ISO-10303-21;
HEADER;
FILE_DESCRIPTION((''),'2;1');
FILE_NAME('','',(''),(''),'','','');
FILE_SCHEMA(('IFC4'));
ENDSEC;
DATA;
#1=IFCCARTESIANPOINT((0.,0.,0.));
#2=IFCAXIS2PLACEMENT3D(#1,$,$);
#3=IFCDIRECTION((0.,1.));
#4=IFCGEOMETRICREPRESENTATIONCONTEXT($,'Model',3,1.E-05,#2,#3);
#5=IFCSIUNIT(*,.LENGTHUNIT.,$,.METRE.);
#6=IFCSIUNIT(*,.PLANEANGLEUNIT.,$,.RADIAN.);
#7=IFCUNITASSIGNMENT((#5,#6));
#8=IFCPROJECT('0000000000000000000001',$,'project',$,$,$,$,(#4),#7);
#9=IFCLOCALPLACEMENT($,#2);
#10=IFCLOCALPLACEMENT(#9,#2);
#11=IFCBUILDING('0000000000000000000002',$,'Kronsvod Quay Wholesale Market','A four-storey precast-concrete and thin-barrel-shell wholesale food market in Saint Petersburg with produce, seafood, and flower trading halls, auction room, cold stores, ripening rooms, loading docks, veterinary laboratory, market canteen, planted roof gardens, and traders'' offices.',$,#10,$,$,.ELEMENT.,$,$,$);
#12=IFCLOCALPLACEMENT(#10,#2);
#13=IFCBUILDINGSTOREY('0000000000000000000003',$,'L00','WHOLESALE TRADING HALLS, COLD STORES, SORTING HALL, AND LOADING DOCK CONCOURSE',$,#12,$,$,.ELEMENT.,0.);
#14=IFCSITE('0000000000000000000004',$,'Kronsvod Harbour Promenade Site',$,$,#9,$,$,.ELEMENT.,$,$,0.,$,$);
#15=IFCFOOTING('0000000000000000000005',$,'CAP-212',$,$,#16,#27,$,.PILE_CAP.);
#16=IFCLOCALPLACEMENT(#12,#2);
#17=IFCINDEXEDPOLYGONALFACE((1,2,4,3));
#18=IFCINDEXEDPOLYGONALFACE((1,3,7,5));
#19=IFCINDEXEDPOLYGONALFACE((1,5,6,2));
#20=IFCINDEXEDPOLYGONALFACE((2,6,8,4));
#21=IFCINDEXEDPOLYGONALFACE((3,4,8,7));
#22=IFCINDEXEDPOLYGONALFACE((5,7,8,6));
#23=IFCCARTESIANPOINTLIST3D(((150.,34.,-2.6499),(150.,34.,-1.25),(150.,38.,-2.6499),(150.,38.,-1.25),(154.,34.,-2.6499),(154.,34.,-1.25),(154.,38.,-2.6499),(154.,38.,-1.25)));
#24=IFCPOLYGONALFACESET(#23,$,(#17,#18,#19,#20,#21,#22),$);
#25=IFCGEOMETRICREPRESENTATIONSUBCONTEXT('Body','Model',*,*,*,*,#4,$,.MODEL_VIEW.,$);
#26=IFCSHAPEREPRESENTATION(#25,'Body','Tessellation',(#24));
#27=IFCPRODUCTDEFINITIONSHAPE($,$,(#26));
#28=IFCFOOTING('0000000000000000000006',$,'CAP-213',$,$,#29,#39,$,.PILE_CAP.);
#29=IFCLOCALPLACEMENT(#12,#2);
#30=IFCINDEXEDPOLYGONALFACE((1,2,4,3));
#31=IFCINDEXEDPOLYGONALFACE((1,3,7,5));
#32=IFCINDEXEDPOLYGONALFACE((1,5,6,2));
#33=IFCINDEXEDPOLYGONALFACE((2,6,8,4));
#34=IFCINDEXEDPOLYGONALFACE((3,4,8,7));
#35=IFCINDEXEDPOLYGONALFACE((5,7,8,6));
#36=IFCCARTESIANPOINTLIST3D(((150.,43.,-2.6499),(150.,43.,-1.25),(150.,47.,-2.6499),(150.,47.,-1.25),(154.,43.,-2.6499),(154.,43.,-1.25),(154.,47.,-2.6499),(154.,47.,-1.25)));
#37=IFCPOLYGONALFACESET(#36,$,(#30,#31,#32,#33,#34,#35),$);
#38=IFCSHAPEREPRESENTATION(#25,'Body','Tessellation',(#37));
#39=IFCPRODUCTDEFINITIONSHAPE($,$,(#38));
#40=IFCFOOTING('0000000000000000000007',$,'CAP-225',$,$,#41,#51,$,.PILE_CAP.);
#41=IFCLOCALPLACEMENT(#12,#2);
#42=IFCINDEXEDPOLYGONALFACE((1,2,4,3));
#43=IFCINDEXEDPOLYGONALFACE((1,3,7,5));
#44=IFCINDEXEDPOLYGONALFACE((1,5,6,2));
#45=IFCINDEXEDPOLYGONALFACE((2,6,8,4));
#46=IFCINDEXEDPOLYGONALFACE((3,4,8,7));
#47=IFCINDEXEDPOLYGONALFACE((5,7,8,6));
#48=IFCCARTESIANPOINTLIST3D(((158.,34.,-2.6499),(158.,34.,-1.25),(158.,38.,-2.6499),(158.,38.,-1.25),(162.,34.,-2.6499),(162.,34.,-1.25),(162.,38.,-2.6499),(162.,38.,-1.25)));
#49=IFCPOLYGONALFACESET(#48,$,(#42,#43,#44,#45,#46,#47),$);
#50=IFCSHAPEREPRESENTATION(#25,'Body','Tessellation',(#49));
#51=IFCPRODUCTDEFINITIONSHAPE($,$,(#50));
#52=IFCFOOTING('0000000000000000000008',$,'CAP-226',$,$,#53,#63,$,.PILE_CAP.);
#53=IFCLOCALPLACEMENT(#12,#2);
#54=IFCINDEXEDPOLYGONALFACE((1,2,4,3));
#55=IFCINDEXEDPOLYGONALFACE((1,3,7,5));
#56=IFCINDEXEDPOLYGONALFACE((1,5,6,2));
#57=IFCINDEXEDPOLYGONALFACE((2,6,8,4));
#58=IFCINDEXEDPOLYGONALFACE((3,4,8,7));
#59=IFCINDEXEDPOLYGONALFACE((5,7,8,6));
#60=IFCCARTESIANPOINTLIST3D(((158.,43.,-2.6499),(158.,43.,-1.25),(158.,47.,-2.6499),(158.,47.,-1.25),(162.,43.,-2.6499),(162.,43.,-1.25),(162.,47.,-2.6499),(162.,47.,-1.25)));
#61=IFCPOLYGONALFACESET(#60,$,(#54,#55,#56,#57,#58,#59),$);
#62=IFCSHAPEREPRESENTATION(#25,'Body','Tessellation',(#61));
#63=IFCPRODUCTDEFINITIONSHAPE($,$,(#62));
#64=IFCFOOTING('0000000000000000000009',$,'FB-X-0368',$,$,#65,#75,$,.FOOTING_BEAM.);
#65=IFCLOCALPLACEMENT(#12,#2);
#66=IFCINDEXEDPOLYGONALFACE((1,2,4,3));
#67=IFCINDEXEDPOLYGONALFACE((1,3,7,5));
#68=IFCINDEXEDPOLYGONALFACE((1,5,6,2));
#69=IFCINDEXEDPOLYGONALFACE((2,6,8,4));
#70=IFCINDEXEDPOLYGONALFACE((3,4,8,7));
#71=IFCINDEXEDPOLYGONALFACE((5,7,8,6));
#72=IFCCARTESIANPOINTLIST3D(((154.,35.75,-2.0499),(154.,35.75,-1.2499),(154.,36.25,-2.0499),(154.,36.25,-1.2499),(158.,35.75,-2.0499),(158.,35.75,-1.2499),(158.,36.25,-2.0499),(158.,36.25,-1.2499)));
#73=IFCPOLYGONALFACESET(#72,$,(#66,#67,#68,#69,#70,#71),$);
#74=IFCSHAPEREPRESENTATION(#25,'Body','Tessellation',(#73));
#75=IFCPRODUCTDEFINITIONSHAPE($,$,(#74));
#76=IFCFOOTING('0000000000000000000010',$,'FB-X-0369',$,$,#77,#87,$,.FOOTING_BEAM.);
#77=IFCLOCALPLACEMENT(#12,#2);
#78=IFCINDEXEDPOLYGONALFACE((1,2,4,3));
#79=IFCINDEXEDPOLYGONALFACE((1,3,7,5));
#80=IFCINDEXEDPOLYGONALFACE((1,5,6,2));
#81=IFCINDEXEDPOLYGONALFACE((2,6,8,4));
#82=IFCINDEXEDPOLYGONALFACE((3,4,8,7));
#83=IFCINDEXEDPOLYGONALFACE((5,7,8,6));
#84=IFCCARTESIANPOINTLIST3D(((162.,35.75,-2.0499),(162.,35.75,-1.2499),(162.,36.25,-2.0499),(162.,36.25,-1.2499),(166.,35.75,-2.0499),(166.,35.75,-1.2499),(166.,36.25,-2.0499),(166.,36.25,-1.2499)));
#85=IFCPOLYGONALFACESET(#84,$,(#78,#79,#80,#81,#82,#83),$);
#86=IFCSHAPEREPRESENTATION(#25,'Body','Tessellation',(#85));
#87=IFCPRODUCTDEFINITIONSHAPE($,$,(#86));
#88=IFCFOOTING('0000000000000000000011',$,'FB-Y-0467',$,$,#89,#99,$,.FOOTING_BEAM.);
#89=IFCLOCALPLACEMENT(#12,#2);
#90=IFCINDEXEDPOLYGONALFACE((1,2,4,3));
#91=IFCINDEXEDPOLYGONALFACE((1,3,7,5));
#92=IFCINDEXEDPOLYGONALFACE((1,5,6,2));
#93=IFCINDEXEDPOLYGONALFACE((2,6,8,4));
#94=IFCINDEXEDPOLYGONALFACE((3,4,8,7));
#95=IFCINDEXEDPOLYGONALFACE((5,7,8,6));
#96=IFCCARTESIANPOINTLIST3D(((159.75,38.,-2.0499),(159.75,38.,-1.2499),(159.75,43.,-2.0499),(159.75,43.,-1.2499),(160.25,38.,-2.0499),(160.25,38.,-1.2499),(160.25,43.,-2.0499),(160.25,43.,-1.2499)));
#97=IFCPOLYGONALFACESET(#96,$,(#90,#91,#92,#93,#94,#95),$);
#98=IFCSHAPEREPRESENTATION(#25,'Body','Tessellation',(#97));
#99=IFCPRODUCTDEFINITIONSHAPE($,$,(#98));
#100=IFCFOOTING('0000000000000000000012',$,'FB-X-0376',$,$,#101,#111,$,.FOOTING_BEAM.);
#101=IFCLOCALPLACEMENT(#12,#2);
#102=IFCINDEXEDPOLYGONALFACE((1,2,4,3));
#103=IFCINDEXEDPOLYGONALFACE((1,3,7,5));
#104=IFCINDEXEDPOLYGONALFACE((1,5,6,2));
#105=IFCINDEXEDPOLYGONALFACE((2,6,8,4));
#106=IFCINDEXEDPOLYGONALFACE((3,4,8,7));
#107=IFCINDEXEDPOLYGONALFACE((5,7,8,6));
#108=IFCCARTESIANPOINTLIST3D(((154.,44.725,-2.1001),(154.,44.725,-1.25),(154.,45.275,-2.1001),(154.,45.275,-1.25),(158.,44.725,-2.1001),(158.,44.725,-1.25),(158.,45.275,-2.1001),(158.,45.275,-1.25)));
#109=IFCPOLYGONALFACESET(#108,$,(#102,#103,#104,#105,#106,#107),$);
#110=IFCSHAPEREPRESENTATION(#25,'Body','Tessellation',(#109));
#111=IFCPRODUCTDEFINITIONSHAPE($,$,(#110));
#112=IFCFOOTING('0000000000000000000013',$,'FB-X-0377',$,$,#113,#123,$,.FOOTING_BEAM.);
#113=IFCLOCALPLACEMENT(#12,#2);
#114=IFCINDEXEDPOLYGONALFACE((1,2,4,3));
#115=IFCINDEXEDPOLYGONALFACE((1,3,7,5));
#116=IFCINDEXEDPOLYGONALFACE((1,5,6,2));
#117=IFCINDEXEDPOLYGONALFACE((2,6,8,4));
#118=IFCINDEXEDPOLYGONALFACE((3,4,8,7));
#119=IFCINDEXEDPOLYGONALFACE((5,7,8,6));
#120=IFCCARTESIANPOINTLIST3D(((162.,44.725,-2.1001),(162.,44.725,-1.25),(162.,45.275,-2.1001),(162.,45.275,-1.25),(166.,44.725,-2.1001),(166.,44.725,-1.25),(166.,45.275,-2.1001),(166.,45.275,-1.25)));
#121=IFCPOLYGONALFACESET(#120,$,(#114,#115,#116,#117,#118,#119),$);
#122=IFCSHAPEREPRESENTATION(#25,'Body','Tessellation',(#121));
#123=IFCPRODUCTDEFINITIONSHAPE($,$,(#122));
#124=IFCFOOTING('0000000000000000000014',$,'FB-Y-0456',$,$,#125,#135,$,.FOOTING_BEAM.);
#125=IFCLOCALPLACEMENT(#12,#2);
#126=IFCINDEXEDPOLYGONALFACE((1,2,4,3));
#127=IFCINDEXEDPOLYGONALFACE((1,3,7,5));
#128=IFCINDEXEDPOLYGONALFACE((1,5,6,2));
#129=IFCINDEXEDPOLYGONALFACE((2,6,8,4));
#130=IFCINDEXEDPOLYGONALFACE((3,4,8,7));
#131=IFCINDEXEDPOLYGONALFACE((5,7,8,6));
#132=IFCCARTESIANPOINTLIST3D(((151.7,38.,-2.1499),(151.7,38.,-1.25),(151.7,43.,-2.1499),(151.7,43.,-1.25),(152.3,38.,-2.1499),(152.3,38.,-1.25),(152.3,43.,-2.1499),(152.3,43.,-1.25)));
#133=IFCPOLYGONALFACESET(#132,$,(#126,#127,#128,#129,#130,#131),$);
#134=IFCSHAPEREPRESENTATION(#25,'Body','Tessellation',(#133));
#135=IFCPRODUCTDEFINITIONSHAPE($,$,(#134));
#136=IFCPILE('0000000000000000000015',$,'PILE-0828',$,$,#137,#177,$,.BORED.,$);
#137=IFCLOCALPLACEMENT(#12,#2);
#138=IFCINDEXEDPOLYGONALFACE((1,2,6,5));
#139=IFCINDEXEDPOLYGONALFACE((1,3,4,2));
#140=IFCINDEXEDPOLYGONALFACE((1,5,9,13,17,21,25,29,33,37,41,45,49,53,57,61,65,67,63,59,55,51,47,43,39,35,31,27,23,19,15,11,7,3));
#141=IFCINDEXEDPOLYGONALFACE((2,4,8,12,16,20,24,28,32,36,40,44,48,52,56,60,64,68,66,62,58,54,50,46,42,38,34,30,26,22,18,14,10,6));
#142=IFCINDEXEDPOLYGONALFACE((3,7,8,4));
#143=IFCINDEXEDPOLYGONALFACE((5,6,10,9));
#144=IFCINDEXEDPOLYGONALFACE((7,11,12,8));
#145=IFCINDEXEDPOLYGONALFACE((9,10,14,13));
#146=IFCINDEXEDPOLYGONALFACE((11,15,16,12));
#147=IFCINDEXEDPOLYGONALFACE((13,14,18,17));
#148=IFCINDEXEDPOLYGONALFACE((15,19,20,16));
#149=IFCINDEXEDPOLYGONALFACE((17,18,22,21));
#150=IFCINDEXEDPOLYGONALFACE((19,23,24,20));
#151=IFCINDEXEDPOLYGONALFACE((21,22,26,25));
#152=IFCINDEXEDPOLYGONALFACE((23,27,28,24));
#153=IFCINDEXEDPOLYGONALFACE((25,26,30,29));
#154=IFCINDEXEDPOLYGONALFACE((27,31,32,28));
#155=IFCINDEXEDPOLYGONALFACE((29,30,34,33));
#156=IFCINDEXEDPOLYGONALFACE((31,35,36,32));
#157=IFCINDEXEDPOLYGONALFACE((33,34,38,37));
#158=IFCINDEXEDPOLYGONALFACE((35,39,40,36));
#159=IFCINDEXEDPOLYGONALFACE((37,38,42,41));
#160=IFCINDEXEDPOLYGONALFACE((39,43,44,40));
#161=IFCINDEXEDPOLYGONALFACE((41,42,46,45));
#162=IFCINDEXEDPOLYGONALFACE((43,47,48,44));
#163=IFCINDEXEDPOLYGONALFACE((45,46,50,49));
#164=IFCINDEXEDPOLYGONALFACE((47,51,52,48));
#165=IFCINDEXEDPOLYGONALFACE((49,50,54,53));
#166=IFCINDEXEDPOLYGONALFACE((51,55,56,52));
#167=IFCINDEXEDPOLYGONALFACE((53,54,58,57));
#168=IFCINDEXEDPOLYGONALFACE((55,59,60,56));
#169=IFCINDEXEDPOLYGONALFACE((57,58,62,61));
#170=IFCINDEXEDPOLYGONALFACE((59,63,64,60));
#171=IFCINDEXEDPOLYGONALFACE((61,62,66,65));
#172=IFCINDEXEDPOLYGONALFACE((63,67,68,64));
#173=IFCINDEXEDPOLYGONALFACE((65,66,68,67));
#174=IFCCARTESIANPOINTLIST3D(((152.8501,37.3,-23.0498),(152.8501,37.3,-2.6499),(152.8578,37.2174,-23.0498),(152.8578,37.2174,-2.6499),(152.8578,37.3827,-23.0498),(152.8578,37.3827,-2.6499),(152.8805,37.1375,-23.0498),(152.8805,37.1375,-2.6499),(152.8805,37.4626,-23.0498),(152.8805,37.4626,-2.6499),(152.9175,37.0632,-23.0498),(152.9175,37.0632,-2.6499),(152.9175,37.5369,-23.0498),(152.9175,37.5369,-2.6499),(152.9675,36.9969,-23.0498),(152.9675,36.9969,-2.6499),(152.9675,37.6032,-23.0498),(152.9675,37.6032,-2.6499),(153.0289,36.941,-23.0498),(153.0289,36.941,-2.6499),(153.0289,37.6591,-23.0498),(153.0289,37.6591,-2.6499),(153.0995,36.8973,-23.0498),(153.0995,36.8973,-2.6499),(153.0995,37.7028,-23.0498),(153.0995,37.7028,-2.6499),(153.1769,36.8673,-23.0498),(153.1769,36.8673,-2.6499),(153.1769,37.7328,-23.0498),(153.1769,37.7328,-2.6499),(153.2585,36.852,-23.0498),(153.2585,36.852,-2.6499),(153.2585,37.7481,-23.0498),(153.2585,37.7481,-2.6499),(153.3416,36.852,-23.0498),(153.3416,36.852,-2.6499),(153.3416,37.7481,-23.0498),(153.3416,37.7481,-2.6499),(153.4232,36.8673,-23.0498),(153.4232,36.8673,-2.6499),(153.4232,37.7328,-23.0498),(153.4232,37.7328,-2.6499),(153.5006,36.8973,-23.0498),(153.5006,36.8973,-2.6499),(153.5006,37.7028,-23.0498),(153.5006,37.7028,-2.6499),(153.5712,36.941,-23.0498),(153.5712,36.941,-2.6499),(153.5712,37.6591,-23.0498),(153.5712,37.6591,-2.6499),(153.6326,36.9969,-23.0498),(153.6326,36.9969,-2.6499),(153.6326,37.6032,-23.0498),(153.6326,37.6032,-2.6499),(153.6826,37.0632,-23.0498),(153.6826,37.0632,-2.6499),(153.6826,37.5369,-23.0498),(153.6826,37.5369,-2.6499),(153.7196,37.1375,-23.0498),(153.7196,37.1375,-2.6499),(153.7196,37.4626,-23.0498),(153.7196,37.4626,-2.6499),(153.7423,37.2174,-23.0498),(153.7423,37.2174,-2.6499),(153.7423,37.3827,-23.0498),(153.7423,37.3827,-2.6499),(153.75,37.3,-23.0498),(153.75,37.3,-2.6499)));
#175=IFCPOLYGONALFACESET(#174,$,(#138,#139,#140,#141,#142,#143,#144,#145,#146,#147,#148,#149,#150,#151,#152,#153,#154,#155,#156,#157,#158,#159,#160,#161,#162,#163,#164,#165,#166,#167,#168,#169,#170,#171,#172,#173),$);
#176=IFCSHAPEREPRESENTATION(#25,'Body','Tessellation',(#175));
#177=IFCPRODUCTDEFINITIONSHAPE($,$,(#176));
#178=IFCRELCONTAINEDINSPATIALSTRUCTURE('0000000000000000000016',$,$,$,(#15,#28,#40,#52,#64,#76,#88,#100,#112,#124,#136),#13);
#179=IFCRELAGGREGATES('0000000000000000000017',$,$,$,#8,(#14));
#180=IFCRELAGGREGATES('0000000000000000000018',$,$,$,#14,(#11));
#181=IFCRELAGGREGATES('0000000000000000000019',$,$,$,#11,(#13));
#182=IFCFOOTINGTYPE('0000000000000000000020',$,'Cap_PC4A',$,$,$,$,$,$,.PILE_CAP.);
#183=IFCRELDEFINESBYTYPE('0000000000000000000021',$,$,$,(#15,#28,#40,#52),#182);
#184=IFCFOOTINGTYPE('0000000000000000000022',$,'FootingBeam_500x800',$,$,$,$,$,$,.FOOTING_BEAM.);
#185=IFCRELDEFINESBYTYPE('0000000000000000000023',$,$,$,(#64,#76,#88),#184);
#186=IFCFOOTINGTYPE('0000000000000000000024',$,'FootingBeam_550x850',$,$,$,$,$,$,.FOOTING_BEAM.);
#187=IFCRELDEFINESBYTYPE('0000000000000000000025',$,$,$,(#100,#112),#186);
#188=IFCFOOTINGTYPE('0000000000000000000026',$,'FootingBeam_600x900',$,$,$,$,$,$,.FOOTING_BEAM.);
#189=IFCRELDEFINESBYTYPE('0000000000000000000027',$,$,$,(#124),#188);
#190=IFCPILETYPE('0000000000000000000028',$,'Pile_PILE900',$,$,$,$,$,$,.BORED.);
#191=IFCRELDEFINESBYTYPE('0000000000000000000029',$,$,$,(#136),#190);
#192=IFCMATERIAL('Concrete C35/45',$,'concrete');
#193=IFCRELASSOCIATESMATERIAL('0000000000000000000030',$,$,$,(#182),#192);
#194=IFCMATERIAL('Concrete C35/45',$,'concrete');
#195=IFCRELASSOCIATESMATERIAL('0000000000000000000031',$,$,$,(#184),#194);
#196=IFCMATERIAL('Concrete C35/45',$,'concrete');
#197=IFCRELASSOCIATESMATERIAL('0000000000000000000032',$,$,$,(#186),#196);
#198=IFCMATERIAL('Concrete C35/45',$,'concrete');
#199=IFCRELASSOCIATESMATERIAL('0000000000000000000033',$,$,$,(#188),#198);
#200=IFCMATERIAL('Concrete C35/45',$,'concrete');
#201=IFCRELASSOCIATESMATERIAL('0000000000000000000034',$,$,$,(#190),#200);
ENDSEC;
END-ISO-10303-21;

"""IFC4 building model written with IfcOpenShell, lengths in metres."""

from ifc_helpers import new_model, si_unit, direction, frame, origin, origin_2d, place, context, subcontext, project, spatial, rectangle, circle, extrude, material, material_profile, profile_set, type_object, element, save


model = new_model("IFC4")

# Units and contexts
model_context = context("Model", 3, precision=1e-05, world=origin(), true_north=direction((0.0, 1.0)))
body_context = subcontext(model_context, "Body", "Model", "MODEL_VIEW")
ifc_project = project(units=[si_unit("LENGTHUNIT", "METRE"), si_unit("PLANEANGLEUNIT", "RADIAN")], contexts=[model_context])

# Site, building, storey
site_placement = place(None, origin())
site = spatial("IfcSite", under=ifc_project, at=site_placement, Name="Kronsvod Harbour Promenade Site", CompositionType="ELEMENT", RefElevation=0.0)
building_placement = place(site_placement, origin())
building = spatial("IfcBuilding", under=site, at=building_placement, Name="Kronsvod Quay Wholesale Market", Description="A four-storey precast-concrete and thin-barrel-shell wholesale food market in Saint Petersburg with produce, seafood, and flower trading halls, auction room, cold stores, ripening rooms, loading docks, veterinary laboratory, market canteen, planted roof gardens, and traders' offices.", CompositionType="ELEMENT")
storey_placement = place(building_placement, origin())
storey = spatial("IfcBuildingStorey", under=building, at=storey_placement, Name="L00", Description="WHOLESALE TRADING HALLS, COLD STORES, SORTING HALL, AND LOADING DOCK CONCOURSE", CompositionType="ELEMENT", Elevation=0.0)

# Footings
ifc_material_1 = material(Name="Concrete C35/45", Category="concrete")
footing_type_1 = type_object("IfcFootingType", Name="Cap_PC4A", PredefinedType="PILE_CAP", material=ifc_material_1)
for number, where, z_axis, x_axis, name in (
    (1, (152.0, 36.0, -2.6499), (0.0, 0.0, 1.0), (1.0, 0.0, 0.0), "CAP-212"),
    (2, (152.0, 45.0, -2.6499), (0.0, 0.0, 1.0), (1.0, 0.0, 0.0), "CAP-213"),
    (3, (160.0, 36.0, -2.6499), (0.0, 0.0, 1.0), (1.0, 0.0, 0.0), "CAP-225"),
    (4, (160.0, 45.0, -2.6499), (0.0, 0.0, 1.0), (1.0, 0.0, 0.0), "CAP-226"),
):
    element("IfcFooting", number, at=place(storey_placement, frame(where, z_axis=z_axis, x_axis=x_axis)), inside=storey, type_object=footing_type_1, Name=name, PredefinedType="PILE_CAP", context=body_context, shape_type="SweptSolid", body=[
        extrude(rectangle(XDim=4.0, YDim=4.0, at=origin_2d()), origin(), (0.0, 0.0, 1.0), 1.3999),
    ])
ifc_material_2 = material(Name="Concrete C35/45", Category="concrete")
ifc_material_profile_1 = material_profile(ifc_material_2, rectangle(XDim=0.5, YDim=0.8, at=origin_2d()), Name="FB-01")
ifc_profile_set_1 = profile_set([ifc_material_profile_1], Name="Concrete C35/45")
footing_type_2 = type_object("IfcFootingType", Name="FootingBeam_500x800", PredefinedType="FOOTING_BEAM", material=ifc_profile_set_1)
for number, where, z_axis, x_axis, name in (
    (5, (154.0, 36.0, -1.6499), (1.0, 0.0, 0.0), (0.0, 1.0, 0.0), "FB-X-0368"),
    (6, (162.0, 36.0, -1.6499), (1.0, 0.0, 0.0), (0.0, 1.0, 0.0), "FB-X-0369"),
):
    element("IfcFooting", number, at=place(storey_placement, frame(where, z_axis=z_axis, x_axis=x_axis)), inside=storey, type_object=footing_type_2, Name=name, PredefinedType="FOOTING_BEAM", context=body_context, shape_type="SweptSolid", body=[
        extrude(rectangle(XDim=0.5, YDim=0.8, at=origin_2d()), origin(), (0.0, 0.0, 1.0), 4.0),
    ])
footing_1_placement = place(storey_placement, frame((160.0, 38.0, -1.6499), z_axis=(0.0, 1.0, 0.0), x_axis=(-1.0, 0.0, 0.0)))
element("IfcFooting", 7, at=footing_1_placement, inside=storey, type_object=footing_type_2, Name="FB-Y-0467", PredefinedType="FOOTING_BEAM", context=body_context, shape_type="SweptSolid", body=[
    extrude(rectangle(XDim=0.5, YDim=0.8, at=origin_2d()), origin(), (0.0, 0.0, 1.0), 5.0),
])
ifc_material_3 = material(Name="Concrete C35/45", Category="concrete")
ifc_material_profile_2 = material_profile(ifc_material_3, rectangle(XDim=0.55, YDim=0.8501, at=origin_2d()), Name="FB-03")
ifc_profile_set_2 = profile_set([ifc_material_profile_2], Name="Concrete C35/45")
footing_type_3 = type_object("IfcFootingType", Name="FootingBeam_550x850", PredefinedType="FOOTING_BEAM", material=ifc_profile_set_2)
for number, where, z_axis, x_axis, name in (
    (8, (154.0, 45.0, -1.675), (1.0, 0.0, 0.0), (0.0, 1.0, 0.0), "FB-X-0376"),
    (9, (162.0, 45.0, -1.675), (1.0, 0.0, 0.0), (0.0, 1.0, 0.0), "FB-X-0377"),
):
    element("IfcFooting", number, at=place(storey_placement, frame(where, z_axis=z_axis, x_axis=x_axis)), inside=storey, type_object=footing_type_3, Name=name, PredefinedType="FOOTING_BEAM", context=body_context, shape_type="SweptSolid", body=[
        extrude(rectangle(XDim=0.55, YDim=0.8501, at=origin_2d()), origin(), (0.0, 0.0, 1.0), 4.0),
    ])
ifc_material_4 = material(Name="Concrete C35/45", Category="concrete")
ifc_material_profile_3 = material_profile(ifc_material_4, rectangle(XDim=0.6001, YDim=0.8999, at=origin_2d()), Name="FB-02")
ifc_profile_set_3 = profile_set([ifc_material_profile_3], Name="Concrete C35/45")
footing_type_4 = type_object("IfcFootingType", Name="FootingBeam_600x900", PredefinedType="FOOTING_BEAM", material=ifc_profile_set_3)
footing_2_placement = place(storey_placement, frame((152.0, 38.0, -1.7), z_axis=(0.0, 1.0, 0.0), x_axis=(-1.0, 0.0, 0.0)))
element("IfcFooting", 10, at=footing_2_placement, inside=storey, type_object=footing_type_4, Name="FB-Y-0456", PredefinedType="FOOTING_BEAM", context=body_context, shape_type="SweptSolid", body=[
    extrude(rectangle(XDim=0.6001, YDim=0.8999, at=origin_2d()), origin(), (0.0, 0.0, 1.0), 5.0),
])

# Pile
ifc_material_5 = material(Name="Concrete C35/45", Category="concrete")
ifc_material_profile_4 = material_profile(ifc_material_5, circle(Radius=0.45, at=origin_2d()), Name="PILE900")
ifc_profile_set_4 = profile_set([ifc_material_profile_4], Name="Concrete C35/45")
pile_type = type_object("IfcPileType", Name="Pile_PILE900", PredefinedType="BORED", material=ifc_profile_set_4)
for number, where, z_axis, x_axis, name in (
    (11, (153.3, 37.3, -2.6499), (0.0, 0.0, -1.0), (1.0, 0.0, 0.0), "PILE-0828"),
):
    element("IfcPile", number, at=place(storey_placement, frame(where, z_axis=z_axis, x_axis=x_axis)), inside=storey, type_object=pile_type, Name=name, PredefinedType="BORED", context=body_context, shape_type="SweptSolid", body=[
        extrude(circle(Radius=0.45, at=origin_2d()), origin(), (0.0, 0.0, 1.0), 20.3999),
    ])

save(model, "model.ifc")
